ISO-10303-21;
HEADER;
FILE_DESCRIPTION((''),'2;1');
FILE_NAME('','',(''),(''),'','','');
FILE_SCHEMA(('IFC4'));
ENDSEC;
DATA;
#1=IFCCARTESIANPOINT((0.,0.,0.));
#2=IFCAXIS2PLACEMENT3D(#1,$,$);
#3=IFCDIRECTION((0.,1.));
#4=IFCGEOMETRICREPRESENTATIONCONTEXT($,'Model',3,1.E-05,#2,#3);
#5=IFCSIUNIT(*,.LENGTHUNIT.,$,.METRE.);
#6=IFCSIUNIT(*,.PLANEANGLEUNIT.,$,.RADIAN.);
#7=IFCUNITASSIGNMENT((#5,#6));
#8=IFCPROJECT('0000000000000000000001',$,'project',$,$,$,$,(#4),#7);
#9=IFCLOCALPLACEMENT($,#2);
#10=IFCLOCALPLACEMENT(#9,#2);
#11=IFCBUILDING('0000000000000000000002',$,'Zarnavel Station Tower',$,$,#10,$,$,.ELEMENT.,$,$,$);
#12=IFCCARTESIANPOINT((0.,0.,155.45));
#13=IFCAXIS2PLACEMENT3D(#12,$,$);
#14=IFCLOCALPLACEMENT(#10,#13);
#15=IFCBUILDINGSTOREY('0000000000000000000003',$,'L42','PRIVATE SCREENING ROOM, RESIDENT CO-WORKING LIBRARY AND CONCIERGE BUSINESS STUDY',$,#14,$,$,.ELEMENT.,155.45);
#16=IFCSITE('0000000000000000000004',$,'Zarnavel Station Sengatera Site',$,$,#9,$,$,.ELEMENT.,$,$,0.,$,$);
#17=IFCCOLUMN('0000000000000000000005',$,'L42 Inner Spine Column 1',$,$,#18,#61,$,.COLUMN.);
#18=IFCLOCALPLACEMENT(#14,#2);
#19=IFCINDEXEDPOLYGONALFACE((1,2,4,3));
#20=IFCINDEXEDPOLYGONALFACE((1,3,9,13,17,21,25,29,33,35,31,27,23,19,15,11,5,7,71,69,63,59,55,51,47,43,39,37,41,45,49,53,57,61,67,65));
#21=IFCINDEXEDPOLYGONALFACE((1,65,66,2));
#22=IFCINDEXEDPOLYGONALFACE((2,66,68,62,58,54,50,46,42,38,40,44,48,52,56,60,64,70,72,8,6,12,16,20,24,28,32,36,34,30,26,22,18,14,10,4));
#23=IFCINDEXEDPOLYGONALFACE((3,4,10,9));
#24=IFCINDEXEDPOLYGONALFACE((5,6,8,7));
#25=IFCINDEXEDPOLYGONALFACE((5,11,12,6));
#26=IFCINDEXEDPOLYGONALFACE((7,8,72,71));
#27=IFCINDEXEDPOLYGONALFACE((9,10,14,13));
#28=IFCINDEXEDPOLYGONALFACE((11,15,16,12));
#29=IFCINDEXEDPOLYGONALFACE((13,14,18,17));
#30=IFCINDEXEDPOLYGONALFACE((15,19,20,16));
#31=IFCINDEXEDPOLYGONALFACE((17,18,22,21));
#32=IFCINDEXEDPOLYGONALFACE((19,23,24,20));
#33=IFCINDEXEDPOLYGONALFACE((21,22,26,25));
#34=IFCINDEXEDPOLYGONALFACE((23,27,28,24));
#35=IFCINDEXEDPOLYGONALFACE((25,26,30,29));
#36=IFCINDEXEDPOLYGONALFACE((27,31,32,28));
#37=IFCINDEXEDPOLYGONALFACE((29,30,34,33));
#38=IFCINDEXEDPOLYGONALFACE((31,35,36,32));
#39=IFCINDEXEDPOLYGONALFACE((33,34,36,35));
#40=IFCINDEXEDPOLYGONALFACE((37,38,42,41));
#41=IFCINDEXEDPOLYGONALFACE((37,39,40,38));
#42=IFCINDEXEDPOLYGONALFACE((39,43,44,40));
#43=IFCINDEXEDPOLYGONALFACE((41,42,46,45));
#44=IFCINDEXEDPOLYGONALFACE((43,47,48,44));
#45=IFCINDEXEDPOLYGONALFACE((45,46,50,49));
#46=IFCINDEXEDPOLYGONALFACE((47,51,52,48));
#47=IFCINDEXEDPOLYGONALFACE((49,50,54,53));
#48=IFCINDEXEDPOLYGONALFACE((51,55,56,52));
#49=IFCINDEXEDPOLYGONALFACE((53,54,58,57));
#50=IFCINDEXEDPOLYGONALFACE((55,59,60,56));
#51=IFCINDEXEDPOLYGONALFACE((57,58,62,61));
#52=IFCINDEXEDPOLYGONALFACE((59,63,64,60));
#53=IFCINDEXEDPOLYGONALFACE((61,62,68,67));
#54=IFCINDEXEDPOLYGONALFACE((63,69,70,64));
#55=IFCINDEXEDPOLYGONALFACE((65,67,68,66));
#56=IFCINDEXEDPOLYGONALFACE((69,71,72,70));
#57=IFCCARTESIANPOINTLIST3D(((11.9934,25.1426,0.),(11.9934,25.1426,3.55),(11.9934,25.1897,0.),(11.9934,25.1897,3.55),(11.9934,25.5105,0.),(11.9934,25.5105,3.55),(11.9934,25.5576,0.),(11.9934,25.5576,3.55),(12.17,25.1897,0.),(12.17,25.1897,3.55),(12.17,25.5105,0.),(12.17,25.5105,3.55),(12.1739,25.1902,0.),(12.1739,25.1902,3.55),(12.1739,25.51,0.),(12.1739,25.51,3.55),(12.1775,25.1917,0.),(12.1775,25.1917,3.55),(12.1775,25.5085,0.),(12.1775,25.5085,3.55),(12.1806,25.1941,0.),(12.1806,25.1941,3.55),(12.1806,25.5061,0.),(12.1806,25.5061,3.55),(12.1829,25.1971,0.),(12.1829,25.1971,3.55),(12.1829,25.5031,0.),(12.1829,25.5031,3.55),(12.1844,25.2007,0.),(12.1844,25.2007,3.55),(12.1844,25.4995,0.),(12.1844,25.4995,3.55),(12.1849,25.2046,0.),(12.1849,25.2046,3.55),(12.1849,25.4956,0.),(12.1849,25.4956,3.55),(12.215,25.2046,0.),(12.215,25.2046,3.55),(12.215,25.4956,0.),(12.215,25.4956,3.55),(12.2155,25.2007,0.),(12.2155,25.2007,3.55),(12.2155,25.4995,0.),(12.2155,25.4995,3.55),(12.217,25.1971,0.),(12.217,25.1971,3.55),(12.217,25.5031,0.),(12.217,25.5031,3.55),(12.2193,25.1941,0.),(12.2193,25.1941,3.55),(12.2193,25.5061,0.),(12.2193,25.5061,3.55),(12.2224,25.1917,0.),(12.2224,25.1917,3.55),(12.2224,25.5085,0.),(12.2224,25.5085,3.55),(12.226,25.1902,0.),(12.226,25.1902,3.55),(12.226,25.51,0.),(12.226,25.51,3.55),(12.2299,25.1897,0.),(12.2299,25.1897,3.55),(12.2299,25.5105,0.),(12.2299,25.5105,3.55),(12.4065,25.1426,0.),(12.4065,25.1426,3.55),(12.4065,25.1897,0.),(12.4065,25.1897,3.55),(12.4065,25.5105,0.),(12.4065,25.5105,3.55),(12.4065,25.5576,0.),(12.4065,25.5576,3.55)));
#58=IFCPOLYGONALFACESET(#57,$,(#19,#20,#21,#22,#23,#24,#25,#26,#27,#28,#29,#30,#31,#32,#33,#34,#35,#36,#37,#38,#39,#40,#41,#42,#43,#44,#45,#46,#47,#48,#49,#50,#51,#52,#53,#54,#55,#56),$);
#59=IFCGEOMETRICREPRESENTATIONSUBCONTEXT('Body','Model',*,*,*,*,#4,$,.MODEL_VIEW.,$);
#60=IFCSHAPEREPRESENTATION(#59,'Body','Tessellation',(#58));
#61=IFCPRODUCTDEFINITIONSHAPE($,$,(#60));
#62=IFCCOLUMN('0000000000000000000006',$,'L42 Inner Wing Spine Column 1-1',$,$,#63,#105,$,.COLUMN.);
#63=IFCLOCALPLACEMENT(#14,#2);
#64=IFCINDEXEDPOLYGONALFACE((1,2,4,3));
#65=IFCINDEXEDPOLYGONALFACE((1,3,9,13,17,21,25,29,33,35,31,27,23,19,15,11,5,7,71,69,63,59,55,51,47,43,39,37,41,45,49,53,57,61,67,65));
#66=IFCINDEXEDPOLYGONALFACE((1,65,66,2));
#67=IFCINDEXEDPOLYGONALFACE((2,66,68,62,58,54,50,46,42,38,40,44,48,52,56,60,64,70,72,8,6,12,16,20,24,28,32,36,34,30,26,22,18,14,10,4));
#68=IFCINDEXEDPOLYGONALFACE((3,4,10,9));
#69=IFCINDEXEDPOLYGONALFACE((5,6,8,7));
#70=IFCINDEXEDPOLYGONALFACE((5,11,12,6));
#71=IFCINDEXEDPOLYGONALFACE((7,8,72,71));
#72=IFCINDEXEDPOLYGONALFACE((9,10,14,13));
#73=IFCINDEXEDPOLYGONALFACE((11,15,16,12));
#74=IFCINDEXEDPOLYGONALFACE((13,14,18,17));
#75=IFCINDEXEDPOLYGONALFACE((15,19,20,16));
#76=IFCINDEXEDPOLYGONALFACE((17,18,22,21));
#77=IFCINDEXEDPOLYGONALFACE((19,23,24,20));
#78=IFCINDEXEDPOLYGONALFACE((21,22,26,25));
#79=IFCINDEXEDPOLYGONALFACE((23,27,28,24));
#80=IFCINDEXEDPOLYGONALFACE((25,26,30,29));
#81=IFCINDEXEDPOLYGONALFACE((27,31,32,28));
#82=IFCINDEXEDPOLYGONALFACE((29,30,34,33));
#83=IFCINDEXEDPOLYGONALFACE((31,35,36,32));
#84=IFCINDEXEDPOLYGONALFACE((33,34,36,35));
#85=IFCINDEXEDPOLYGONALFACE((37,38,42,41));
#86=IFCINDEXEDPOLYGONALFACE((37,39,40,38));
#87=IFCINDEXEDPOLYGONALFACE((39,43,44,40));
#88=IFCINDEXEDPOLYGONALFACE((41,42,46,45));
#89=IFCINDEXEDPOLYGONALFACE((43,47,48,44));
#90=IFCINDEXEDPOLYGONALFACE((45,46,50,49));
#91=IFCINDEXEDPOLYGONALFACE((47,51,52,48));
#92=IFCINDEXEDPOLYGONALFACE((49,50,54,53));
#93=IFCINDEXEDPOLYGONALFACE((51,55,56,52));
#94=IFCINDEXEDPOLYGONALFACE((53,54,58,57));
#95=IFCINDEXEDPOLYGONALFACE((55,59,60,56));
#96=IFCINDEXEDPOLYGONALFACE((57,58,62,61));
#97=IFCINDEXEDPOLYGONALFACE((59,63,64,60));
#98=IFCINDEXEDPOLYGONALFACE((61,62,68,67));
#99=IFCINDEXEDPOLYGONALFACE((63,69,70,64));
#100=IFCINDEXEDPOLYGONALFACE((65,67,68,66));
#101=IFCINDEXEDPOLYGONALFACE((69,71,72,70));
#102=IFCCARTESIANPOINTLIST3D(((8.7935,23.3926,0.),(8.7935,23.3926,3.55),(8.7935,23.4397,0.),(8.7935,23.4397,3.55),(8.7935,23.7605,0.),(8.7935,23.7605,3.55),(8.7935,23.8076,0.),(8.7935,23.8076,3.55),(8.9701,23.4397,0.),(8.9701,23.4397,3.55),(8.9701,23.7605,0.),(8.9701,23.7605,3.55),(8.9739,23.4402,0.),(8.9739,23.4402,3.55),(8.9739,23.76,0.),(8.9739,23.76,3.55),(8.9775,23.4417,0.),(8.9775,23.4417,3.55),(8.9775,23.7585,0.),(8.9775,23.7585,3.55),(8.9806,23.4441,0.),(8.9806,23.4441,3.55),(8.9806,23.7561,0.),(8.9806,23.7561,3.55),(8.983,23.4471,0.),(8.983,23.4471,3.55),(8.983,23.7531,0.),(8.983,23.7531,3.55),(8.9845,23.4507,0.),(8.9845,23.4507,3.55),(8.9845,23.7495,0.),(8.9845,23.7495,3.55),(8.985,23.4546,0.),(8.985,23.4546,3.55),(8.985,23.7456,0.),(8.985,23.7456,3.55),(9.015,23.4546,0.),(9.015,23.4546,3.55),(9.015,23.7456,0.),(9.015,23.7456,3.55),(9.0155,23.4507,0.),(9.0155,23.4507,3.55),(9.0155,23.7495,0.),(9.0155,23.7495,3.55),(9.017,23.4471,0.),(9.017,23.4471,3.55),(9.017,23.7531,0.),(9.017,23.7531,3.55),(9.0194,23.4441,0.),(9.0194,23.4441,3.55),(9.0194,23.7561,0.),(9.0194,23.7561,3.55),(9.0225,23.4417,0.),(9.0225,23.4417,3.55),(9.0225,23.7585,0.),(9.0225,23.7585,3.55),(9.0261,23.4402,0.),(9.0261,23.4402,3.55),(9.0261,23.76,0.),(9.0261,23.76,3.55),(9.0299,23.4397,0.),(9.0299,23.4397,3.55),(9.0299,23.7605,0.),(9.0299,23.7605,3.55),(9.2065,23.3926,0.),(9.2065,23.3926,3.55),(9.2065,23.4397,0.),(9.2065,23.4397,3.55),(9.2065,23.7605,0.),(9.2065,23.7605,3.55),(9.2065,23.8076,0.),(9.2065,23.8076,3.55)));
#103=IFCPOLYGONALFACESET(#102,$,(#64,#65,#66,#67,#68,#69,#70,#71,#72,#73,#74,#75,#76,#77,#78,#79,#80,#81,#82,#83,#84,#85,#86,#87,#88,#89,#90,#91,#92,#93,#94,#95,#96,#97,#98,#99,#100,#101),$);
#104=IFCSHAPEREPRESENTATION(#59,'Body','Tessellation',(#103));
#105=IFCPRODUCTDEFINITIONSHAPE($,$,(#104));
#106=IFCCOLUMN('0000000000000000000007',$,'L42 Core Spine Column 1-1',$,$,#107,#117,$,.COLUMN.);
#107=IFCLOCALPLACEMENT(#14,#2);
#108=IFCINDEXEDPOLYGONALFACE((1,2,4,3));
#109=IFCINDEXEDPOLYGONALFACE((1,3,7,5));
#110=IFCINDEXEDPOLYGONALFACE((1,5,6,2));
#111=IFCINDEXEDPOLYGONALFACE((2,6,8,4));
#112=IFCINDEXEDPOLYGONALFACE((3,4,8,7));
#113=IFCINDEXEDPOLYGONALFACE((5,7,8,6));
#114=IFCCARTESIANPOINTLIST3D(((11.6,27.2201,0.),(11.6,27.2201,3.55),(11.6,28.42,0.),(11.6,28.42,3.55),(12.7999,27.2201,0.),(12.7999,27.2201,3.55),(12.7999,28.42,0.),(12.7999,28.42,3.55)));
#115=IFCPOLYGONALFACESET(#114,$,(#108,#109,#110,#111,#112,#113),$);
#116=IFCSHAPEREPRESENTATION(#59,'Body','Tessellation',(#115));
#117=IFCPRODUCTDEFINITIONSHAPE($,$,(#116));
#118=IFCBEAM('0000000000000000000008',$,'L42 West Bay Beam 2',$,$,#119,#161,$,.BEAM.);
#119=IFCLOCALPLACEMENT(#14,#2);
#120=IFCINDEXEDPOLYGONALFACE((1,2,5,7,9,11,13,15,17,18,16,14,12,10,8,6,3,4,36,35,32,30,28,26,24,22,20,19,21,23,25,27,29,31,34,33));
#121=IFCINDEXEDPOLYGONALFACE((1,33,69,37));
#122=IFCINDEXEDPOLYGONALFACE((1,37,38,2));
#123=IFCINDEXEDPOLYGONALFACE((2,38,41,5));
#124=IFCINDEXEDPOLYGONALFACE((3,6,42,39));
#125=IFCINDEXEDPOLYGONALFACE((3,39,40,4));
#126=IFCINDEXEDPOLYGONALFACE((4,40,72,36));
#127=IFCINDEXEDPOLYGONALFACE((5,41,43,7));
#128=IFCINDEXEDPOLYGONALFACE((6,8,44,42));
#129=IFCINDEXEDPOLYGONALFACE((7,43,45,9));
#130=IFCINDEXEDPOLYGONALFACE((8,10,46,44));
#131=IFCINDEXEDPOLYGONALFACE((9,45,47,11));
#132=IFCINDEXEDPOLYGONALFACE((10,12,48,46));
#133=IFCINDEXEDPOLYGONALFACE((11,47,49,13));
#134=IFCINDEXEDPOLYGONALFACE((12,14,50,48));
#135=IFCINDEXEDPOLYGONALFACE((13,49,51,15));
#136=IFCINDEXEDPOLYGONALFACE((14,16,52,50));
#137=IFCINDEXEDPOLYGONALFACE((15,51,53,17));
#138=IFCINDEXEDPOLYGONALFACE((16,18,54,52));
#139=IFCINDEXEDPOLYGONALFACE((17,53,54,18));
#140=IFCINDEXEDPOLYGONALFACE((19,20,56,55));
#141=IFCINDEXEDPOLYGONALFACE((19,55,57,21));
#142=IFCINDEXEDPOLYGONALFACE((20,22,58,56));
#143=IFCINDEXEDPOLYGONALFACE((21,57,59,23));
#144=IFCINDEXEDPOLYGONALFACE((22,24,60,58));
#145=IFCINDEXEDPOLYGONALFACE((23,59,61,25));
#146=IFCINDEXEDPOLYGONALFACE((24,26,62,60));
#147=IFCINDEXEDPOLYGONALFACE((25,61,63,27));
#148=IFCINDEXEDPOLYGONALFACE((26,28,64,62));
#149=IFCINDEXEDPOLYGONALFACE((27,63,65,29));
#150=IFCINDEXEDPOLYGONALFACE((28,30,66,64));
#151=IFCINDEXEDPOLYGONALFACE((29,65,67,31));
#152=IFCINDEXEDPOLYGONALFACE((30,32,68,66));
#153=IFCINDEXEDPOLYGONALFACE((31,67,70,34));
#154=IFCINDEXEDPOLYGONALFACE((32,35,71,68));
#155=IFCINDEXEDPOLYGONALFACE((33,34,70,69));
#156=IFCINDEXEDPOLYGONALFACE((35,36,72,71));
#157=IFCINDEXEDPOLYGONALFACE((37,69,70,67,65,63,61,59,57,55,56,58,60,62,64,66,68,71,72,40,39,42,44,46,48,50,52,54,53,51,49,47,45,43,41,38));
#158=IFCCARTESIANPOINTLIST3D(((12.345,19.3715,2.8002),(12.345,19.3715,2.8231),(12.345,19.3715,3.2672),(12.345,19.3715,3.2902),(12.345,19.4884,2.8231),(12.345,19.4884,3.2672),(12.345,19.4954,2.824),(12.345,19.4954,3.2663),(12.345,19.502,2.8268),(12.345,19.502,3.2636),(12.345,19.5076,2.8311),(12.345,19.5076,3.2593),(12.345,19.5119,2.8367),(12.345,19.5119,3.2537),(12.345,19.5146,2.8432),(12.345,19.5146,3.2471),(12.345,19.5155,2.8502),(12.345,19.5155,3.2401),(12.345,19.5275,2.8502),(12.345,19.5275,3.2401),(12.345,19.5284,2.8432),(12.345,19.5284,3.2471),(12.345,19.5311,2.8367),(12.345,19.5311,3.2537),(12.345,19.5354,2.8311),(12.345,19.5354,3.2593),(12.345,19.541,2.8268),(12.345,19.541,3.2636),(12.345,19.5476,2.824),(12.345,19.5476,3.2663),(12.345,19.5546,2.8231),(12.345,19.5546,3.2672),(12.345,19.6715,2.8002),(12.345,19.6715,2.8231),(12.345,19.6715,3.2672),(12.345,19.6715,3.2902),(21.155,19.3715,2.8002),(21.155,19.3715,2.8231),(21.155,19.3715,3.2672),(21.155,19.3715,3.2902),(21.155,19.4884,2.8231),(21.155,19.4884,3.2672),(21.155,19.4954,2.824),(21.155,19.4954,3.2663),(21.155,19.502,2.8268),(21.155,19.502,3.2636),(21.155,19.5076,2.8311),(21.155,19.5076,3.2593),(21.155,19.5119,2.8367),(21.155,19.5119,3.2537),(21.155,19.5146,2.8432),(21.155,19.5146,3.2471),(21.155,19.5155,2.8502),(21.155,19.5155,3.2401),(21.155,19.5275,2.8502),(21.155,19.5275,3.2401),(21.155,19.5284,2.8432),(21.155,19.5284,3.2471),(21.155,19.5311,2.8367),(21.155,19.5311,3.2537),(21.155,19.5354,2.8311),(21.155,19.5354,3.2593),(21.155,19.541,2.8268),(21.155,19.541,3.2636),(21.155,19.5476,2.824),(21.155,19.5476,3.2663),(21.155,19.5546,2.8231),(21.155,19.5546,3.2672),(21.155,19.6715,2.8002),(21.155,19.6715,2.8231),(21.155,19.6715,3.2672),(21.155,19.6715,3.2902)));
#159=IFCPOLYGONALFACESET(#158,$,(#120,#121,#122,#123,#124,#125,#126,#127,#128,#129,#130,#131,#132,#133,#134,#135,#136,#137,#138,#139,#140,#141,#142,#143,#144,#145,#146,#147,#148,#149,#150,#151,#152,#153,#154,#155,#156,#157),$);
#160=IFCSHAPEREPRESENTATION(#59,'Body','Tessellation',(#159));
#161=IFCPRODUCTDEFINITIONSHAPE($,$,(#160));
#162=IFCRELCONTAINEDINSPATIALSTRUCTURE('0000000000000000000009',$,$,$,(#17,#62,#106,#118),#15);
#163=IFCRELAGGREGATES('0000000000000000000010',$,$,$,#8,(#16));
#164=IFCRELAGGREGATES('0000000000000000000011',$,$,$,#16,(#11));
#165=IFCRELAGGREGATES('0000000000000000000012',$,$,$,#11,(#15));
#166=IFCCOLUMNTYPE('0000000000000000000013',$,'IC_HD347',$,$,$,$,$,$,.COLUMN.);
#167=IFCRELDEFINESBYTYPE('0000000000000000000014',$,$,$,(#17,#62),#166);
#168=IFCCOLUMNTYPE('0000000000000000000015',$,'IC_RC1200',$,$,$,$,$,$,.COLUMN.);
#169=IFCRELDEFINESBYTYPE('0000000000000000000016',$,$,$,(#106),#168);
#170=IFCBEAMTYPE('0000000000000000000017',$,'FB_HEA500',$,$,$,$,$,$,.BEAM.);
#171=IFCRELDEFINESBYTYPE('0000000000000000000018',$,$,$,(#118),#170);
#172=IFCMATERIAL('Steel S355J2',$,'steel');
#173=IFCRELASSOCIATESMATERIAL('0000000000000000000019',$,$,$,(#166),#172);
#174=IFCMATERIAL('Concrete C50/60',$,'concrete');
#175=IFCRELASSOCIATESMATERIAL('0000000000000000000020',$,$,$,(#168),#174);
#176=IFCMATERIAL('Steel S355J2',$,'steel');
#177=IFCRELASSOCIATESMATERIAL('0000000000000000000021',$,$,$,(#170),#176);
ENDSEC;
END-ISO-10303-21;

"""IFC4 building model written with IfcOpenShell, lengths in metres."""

from ifc_helpers import new_model, si_unit, direction, frame, origin, origin_2d, place, context, subcontext, project, spatial, rectangle, i_section, extrude, material, material_profile, profile_set, type_object, element, save


model = new_model("IFC4")

# Units and contexts
model_context = context("Model", 3, precision=1e-05, world=origin(), true_north=direction((0.0, 1.0)))
body_context = subcontext(model_context, "Body", "Model", "MODEL_VIEW")
ifc_project = project(units=[si_unit("LENGTHUNIT", "METRE"), si_unit("PLANEANGLEUNIT", "RADIAN")], contexts=[model_context])

# Site, building, storey
site_placement = place(None, origin())
site = spatial("IfcSite", under=ifc_project, at=site_placement, Name="Zarnavel Station Sengatera Site", CompositionType="ELEMENT", RefElevation=0.0)
building_placement = place(site_placement, origin())
building = spatial("IfcBuilding", under=site, at=building_placement, Name="Zarnavel Station Tower", CompositionType="ELEMENT")
storey_placement = place(building_placement, frame((0.0, 0.0, 155.45)))
storey = spatial("IfcBuildingStorey", under=building, at=storey_placement, Name="L42", Description="PRIVATE SCREENING ROOM, RESIDENT CO-WORKING LIBRARY AND CONCIERGE BUSINESS STUDY", CompositionType="ELEMENT", Elevation=155.45)

# Columns
ifc_material_1 = material(Name="Steel S355J2", Category="steel")
ifc_material_profile_1 = material_profile(ifc_material_1, i_section(OverallWidth=0.4131, OverallDepth=0.415, WebThickness=0.03, FlangeThickness=0.0471, FilletRadius=0.0149, at=origin_2d()), Name="HD400x347")
ifc_profile_set_1 = profile_set([ifc_material_profile_1], Name="Steel S355J2")
column_type_1 = type_object("IfcColumnType", Name="IC_HD347", PredefinedType="COLUMN", material=ifc_profile_set_1)
for number, where, z_axis, x_axis, name in (
    (1, (12.2, 25.3501, 0.0), (0.0, 0.0, 1.0), (1.0, 0.0, 0.0), "L42 Inner Spine Column 1"),
    (2, (9.0, 23.6001, 0.0), (0.0, 0.0, 1.0), (1.0, 0.0, 0.0), "L42 Inner Wing Spine Column 1-1"),
):
    element("IfcColumn", number, at=place(storey_placement, frame(where, z_axis=z_axis, x_axis=x_axis)), inside=storey, type_object=column_type_1, Name=name, PredefinedType="COLUMN", context=body_context, shape_type="SweptSolid", body=[
        extrude(i_section(OverallWidth=0.4131, OverallDepth=0.415, WebThickness=0.03, FlangeThickness=0.0471, FilletRadius=0.0149, at=origin_2d()), origin(), (0.0, 0.0, 1.0), 3.55),
    ])
ifc_material_2 = material(Name="Concrete C50/60", Category="concrete")
ifc_material_profile_2 = material_profile(ifc_material_2, rectangle(XDim=1.2, YDim=1.2, at=origin_2d()), Name="RC1200x1200")
ifc_profile_set_2 = profile_set([ifc_material_profile_2], Name="Concrete C50/60")
column_type_2 = type_object("IfcColumnType", Name="IC_RC1200", PredefinedType="COLUMN", material=ifc_profile_set_2)
column_placement = place(storey_placement, frame((12.2, 27.8201, 0.0), z_axis=(0.0, 0.0, 1.0), x_axis=(1.0, 0.0, 0.0)))
element("IfcColumn", 3, at=column_placement, inside=storey, type_object=column_type_2, Name="L42 Core Spine Column 1-1", PredefinedType="COLUMN", context=body_context, shape_type="SweptSolid", body=[
    extrude(rectangle(XDim=1.2, YDim=1.2, at=origin_2d()), origin(), (0.0, 0.0, 1.0), 3.55),
])

# Beam
ifc_material_3 = material(Name="Steel S355J2", Category="steel")
ifc_material_profile_3 = material_profile(ifc_material_3, i_section(OverallWidth=0.3, OverallDepth=0.49, WebThickness=0.012, FlangeThickness=0.0229, FilletRadius=0.0271, at=origin_2d()), Name="HEA500")
ifc_profile_set_3 = profile_set([ifc_material_profile_3], Name="Steel S355J2")
beam_type_1 = type_object("IfcBeamType", Name="FB_HEA500", PredefinedType="BEAM", material=ifc_profile_set_3)
beam_1_placement = place(storey_placement, frame((12.345, 19.5215, 3.0452), z_axis=(1.0, 0.0, 0.0), x_axis=(0.0, 1.0, 0.0)))
element("IfcBeam", 4, at=beam_1_placement, inside=storey, type_object=beam_type_1, Name="L42 West Bay Beam 2", PredefinedType="BEAM", context=body_context, shape_type="SweptSolid", body=[
    extrude(i_section(OverallWidth=0.3, OverallDepth=0.49, WebThickness=0.012, FlangeThickness=0.0229, FilletRadius=0.0271, at=origin_2d()), origin(), (0.0, 0.0, 1.0), 8.8101),
])

save(model, "model.ifc")
